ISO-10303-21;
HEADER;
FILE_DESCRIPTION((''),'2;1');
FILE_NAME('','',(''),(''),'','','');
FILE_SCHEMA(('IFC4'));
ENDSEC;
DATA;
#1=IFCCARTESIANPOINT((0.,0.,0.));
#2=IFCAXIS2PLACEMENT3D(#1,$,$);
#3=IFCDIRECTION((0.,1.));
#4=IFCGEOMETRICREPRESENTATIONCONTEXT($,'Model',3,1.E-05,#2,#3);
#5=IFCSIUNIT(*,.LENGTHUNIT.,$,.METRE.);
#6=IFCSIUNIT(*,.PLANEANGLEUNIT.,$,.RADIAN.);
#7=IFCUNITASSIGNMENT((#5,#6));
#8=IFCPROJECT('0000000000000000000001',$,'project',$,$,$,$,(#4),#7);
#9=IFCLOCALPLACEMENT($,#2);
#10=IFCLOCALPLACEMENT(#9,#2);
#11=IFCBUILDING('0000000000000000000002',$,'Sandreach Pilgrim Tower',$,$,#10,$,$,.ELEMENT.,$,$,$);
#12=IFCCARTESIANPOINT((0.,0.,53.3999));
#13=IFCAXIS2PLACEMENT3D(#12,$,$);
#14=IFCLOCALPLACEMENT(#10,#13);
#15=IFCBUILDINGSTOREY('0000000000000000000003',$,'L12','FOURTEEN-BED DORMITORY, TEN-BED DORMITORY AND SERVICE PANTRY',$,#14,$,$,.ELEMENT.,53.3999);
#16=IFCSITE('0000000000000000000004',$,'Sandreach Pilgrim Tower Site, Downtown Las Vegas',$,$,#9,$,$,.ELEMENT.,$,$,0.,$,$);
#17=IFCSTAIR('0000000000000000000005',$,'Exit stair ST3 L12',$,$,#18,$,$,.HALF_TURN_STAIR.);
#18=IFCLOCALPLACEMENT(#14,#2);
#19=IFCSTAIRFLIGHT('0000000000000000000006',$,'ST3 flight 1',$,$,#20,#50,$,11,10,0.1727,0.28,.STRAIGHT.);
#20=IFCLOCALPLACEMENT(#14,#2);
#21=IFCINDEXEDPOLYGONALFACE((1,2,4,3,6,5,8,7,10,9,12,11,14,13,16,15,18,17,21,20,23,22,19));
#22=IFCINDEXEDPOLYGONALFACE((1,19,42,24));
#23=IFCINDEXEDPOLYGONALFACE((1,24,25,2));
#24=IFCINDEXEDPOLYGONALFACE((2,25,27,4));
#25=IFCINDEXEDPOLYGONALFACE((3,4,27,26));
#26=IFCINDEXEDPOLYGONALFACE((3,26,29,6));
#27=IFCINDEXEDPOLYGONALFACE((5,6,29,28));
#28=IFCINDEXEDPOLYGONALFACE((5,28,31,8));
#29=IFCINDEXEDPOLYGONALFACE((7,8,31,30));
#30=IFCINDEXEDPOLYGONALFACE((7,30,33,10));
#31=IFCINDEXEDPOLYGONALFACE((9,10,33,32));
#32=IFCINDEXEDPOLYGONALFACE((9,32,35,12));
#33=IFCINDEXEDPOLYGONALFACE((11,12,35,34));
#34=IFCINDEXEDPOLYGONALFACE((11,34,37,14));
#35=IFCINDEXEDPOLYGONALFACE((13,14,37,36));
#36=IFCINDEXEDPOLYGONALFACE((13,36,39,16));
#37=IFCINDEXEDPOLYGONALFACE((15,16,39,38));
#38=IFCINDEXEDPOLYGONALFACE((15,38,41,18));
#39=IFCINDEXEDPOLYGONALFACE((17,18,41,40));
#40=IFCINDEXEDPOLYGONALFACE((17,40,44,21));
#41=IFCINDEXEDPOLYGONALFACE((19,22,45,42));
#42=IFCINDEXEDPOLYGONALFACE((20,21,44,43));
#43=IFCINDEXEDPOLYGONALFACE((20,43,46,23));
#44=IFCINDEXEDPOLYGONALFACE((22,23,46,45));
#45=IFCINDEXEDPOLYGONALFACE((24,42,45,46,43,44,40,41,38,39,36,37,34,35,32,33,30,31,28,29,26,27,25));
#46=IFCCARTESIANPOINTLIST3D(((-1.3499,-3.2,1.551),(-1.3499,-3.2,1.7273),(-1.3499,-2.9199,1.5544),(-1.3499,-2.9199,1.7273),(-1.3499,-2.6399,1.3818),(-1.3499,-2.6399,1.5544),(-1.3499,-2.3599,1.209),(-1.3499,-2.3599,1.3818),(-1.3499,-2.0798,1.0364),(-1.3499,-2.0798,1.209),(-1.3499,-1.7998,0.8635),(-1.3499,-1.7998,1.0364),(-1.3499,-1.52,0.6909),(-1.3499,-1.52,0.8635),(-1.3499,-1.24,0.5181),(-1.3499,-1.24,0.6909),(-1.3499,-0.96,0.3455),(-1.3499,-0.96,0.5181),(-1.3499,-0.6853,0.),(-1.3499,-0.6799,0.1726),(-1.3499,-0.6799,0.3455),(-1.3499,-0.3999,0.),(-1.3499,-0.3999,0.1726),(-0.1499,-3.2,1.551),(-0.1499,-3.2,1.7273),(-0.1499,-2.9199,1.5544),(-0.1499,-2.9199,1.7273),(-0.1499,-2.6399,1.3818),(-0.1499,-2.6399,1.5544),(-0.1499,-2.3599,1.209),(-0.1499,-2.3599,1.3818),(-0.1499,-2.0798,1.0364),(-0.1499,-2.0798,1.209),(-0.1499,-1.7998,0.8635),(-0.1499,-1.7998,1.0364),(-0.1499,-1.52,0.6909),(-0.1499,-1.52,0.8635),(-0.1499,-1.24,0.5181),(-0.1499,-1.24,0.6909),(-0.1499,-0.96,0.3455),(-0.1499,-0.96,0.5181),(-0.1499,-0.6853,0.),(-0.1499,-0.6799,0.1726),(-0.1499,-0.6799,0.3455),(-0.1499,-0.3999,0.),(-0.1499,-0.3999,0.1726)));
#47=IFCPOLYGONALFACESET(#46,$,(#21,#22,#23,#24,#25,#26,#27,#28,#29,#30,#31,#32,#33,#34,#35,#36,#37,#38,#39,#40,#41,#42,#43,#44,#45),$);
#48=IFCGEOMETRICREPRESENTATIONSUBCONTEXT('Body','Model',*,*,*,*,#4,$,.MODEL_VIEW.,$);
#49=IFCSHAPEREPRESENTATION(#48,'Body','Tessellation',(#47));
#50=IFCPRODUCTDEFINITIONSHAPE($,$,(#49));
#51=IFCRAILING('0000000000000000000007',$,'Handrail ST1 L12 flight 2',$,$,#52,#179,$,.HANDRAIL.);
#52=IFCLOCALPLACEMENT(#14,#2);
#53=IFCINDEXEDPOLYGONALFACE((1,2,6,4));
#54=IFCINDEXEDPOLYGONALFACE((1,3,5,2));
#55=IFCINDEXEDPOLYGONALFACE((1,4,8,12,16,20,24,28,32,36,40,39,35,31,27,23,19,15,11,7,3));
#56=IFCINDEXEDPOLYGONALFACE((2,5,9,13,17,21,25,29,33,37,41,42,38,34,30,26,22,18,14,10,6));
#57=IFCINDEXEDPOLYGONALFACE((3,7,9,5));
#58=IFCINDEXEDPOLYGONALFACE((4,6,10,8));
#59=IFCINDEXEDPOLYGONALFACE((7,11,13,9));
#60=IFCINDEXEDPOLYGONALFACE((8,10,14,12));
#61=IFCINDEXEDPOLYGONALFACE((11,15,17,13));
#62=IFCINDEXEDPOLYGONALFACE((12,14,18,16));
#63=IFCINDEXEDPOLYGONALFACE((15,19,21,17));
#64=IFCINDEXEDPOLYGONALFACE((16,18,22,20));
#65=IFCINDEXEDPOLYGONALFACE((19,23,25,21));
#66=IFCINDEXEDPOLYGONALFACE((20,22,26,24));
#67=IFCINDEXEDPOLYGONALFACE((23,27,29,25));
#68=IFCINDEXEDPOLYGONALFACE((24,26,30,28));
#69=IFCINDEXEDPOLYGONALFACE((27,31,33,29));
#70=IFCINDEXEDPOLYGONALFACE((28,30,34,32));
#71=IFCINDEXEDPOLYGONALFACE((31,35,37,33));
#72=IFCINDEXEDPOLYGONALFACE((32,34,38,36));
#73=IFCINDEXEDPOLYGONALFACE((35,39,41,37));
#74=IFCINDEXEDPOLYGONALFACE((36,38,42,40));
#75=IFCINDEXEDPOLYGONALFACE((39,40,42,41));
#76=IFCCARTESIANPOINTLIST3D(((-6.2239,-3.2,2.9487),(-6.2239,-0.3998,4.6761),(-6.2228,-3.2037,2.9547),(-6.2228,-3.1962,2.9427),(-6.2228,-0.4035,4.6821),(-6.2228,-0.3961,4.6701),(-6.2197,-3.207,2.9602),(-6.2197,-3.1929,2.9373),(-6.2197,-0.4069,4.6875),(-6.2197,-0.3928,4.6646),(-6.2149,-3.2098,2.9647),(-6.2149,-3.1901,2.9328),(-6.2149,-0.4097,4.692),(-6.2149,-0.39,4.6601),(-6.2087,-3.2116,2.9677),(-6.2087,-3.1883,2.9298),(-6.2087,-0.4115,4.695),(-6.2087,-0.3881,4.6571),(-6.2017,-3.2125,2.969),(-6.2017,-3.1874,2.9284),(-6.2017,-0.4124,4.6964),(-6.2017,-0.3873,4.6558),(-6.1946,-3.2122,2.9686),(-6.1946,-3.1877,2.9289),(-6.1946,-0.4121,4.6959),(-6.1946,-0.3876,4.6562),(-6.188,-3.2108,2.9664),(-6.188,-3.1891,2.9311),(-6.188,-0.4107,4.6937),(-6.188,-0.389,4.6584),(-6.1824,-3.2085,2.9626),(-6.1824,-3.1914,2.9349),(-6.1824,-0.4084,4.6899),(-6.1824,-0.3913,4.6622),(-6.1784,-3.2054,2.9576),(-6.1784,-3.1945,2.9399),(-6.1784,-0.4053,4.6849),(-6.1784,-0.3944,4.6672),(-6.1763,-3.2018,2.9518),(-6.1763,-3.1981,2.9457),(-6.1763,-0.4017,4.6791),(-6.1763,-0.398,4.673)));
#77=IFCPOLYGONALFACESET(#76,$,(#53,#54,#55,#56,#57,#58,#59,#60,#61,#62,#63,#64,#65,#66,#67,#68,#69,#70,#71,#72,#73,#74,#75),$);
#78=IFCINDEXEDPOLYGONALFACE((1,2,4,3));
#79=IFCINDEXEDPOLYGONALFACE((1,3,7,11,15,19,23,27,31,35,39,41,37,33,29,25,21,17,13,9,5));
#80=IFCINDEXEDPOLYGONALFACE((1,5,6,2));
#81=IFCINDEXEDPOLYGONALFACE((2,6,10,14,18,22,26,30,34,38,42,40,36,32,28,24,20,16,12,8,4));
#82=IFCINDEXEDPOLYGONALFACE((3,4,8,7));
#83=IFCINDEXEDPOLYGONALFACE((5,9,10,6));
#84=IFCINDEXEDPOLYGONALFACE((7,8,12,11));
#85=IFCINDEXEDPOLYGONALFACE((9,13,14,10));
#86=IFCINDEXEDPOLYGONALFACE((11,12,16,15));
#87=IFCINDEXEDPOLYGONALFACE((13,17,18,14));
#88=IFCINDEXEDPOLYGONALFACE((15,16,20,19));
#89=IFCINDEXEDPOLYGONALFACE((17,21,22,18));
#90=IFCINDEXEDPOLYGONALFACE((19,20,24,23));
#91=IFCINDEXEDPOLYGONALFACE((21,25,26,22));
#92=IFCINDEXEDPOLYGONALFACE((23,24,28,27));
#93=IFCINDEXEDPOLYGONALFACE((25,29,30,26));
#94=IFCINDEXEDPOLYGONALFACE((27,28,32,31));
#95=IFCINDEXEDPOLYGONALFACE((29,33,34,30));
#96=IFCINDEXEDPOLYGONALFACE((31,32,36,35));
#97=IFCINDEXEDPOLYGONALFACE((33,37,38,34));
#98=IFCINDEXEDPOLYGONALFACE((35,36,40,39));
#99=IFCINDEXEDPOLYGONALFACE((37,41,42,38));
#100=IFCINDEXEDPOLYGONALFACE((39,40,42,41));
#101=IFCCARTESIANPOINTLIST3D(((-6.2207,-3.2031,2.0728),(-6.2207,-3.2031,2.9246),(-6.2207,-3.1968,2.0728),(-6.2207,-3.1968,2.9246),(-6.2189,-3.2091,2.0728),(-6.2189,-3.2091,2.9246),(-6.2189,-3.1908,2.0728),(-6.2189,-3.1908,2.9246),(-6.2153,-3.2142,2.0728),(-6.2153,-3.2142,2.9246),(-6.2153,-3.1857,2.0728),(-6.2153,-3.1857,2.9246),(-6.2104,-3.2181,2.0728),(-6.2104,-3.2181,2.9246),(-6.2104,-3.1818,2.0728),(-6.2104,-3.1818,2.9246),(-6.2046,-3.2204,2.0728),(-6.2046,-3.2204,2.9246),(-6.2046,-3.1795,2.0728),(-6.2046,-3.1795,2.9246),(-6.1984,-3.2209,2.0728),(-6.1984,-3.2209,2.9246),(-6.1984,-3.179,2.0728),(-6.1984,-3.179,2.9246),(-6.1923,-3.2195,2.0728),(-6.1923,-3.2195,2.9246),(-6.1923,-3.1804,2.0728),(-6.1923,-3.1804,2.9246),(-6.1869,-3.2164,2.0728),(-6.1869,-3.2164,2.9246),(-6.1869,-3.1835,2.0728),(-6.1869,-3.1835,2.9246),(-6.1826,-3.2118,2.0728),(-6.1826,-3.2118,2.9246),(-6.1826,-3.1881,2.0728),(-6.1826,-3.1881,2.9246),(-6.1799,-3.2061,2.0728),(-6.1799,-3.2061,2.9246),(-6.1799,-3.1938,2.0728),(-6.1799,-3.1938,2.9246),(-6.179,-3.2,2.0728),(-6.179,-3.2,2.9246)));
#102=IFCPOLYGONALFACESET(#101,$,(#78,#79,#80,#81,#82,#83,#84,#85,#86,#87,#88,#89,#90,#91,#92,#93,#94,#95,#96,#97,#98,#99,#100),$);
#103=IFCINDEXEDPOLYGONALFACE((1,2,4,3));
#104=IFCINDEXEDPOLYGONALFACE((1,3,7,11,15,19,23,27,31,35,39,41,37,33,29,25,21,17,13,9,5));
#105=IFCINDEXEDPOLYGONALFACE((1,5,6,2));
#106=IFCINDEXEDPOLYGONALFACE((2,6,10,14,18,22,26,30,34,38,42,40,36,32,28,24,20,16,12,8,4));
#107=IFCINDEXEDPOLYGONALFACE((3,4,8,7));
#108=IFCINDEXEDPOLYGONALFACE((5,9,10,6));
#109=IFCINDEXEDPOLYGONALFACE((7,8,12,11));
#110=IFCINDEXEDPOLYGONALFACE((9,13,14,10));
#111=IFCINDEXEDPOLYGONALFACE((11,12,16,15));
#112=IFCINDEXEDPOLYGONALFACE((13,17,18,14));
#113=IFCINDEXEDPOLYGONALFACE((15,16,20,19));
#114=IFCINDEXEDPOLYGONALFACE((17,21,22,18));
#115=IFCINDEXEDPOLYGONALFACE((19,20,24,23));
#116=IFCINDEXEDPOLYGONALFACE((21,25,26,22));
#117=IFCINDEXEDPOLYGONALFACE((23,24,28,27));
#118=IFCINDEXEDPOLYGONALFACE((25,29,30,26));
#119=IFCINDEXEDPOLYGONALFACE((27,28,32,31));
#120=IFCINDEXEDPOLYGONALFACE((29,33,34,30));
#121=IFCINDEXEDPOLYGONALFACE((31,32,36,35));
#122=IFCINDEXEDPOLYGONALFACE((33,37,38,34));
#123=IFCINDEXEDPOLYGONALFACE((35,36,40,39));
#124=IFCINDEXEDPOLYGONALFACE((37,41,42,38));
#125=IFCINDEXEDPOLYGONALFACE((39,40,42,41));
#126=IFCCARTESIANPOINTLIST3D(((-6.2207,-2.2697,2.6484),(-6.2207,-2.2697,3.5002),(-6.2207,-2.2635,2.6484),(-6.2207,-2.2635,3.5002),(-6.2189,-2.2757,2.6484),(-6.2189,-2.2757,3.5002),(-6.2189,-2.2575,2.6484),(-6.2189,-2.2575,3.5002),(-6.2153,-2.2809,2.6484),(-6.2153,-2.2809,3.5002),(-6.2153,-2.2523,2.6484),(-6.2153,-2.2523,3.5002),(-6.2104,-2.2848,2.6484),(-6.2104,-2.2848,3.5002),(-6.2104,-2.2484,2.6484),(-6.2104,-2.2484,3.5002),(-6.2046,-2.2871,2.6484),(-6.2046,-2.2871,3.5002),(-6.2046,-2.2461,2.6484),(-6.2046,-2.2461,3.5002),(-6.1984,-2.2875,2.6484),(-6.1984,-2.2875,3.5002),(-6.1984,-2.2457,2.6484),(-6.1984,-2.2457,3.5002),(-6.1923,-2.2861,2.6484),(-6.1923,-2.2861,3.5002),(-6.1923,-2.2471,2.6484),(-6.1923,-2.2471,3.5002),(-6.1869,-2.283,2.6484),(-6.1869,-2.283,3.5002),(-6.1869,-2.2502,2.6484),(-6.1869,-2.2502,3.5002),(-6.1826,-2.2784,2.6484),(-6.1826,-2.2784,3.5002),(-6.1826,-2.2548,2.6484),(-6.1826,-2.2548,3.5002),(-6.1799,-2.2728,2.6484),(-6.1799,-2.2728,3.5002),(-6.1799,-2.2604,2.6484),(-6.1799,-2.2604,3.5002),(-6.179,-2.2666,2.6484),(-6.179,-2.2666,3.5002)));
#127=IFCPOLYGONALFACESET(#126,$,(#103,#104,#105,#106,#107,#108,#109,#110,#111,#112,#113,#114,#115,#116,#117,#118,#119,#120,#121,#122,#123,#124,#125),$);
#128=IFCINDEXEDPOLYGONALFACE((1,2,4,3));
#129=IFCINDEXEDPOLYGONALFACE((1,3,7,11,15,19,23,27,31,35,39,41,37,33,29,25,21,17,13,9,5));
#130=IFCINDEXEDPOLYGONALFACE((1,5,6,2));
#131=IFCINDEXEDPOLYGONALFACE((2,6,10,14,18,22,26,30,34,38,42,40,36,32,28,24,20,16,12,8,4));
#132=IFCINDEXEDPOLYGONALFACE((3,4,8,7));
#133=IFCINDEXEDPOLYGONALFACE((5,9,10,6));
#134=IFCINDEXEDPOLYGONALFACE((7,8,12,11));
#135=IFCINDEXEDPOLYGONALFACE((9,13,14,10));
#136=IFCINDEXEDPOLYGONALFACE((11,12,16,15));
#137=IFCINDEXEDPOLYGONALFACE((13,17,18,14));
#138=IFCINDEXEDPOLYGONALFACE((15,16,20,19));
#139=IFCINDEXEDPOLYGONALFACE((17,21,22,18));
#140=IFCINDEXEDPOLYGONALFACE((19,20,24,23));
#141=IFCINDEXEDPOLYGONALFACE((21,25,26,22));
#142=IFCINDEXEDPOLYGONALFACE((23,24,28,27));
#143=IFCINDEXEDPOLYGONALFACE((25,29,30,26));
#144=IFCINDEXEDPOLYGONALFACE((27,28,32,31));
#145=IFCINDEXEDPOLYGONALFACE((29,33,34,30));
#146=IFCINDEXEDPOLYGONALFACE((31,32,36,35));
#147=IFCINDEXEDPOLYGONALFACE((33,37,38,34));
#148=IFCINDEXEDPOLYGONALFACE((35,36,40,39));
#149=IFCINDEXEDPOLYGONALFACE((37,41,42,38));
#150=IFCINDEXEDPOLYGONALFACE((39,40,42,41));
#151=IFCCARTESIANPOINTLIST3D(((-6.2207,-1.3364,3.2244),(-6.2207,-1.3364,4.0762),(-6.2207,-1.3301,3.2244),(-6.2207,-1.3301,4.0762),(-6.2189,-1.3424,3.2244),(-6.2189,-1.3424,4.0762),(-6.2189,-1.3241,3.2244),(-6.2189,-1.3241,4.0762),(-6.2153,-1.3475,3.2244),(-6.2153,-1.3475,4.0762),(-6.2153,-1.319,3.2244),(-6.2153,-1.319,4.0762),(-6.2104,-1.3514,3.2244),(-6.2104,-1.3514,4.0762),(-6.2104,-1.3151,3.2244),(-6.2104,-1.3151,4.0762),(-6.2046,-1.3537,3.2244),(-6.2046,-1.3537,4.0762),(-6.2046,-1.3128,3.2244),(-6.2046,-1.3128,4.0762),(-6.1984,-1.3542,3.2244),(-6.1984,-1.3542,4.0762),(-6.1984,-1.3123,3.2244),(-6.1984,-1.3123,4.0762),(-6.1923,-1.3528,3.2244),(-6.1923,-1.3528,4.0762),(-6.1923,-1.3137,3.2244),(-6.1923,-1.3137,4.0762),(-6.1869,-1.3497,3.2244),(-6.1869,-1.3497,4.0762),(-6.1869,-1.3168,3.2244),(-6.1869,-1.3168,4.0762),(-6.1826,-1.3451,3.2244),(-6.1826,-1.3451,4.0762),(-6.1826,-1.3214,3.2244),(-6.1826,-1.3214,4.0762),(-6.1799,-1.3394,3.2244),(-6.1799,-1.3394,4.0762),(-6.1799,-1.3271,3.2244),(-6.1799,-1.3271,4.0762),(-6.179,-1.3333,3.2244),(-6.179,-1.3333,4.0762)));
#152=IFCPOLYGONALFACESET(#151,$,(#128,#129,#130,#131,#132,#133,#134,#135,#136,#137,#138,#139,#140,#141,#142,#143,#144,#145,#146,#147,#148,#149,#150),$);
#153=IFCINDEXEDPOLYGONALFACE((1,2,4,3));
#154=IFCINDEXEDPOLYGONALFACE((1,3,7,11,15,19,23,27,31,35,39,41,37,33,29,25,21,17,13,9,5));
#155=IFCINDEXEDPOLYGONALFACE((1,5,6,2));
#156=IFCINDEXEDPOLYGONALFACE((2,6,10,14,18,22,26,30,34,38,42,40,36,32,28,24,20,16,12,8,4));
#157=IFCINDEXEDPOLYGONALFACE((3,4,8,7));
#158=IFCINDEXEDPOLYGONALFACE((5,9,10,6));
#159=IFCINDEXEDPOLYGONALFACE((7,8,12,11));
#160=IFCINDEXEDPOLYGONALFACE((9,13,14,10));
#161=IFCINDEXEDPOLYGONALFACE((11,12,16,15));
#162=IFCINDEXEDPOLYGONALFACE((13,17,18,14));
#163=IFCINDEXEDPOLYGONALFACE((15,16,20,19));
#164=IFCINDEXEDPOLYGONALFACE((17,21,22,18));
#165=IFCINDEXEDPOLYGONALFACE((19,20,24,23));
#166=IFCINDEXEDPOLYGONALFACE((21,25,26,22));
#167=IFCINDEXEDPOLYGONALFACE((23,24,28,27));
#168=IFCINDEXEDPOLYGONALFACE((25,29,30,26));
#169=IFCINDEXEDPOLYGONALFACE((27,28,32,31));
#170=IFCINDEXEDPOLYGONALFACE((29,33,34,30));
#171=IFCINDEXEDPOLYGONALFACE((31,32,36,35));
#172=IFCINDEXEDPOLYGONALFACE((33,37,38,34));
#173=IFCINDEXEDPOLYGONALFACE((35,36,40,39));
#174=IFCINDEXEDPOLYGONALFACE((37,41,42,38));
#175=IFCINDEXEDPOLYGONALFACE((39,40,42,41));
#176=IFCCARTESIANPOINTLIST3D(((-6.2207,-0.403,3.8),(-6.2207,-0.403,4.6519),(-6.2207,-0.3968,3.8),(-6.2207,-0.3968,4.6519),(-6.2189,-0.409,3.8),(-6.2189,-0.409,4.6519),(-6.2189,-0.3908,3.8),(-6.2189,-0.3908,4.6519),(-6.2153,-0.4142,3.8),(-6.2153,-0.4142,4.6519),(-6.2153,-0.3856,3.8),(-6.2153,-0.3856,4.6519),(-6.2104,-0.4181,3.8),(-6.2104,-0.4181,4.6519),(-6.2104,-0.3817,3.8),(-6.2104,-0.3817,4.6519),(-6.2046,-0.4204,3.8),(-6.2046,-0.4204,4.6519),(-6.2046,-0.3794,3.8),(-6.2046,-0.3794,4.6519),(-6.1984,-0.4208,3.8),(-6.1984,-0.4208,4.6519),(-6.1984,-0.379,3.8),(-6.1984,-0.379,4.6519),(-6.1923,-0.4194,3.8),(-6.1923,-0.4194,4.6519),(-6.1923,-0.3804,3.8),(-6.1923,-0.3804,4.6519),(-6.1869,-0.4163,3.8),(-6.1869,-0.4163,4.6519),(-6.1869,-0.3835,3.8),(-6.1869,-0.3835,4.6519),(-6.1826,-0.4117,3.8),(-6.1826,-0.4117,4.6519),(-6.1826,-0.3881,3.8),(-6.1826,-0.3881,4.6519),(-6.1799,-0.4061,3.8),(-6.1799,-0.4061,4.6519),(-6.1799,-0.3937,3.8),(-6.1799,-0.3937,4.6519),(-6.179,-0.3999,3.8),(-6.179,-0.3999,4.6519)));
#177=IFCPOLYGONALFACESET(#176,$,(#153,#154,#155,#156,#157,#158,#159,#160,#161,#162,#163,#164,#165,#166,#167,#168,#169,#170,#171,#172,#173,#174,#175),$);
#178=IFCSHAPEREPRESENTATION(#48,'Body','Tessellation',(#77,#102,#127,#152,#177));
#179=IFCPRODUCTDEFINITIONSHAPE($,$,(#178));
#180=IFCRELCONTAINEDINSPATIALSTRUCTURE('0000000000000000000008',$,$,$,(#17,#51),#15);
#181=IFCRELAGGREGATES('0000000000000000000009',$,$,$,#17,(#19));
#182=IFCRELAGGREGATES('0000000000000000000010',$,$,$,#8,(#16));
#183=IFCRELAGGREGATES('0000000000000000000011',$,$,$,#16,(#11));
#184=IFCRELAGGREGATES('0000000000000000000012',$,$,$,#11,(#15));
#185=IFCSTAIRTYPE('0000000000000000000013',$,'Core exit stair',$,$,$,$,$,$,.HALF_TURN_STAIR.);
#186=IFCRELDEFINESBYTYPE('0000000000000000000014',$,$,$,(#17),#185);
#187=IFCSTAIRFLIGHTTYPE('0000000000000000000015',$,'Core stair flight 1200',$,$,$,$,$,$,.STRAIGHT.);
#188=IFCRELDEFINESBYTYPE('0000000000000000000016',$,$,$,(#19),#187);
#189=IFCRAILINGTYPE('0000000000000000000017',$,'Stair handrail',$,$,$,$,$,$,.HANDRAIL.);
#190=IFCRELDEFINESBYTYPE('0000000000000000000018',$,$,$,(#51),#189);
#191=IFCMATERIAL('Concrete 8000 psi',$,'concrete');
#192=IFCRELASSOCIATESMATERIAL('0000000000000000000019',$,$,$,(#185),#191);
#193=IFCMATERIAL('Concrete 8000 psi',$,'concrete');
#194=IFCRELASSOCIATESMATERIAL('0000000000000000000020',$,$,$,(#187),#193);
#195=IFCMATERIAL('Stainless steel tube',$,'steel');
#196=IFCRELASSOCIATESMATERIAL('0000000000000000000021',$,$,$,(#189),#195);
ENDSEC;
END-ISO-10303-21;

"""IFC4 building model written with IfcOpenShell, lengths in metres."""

from ifc_helpers import new_model, si_unit, direction, frame, origin, origin_2d, place, context, subcontext, project, spatial, polyline, circle, outline, extrude, material, type_object, element, aggregate, save


model = new_model("IFC4")

# Units and contexts
model_context = context("Model", 3, precision=1e-05, world=origin(), true_north=direction((0.0, 1.0)))
body_context = subcontext(model_context, "Body", "Model", "MODEL_VIEW")
ifc_project = project(units=[si_unit("LENGTHUNIT", "METRE"), si_unit("PLANEANGLEUNIT", "RADIAN")], contexts=[model_context])

# Site, building, storey
site_placement = place(None, origin())
site = spatial("IfcSite", under=ifc_project, at=site_placement, Name="Sandreach Pilgrim Tower Site, Downtown Las Vegas", CompositionType="ELEMENT", RefElevation=0.0)
building_placement = place(site_placement, origin())
building = spatial("IfcBuilding", under=site, at=building_placement, Name="Sandreach Pilgrim Tower", CompositionType="ELEMENT")
storey_placement = place(building_placement, frame((0.0, 0.0, 53.3999)))
storey = spatial("IfcBuildingStorey", under=building, at=storey_placement, Name="L12", Description="FOURTEEN-BED DORMITORY, TEN-BED DORMITORY AND SERVICE PANTRY", CompositionType="ELEMENT", Elevation=53.3999)

# Stair, stair flight
ifc_material_1 = material(Name="Concrete 8000 psi", Category="concrete")
stair_type = type_object("IfcStairType", Name="Core exit stair", PredefinedType="HALF_TURN_STAIR", material=ifc_material_1)
ifc_material_2 = material(Name="Concrete 8000 psi", Category="concrete")
stair_flight_type = type_object("IfcStairFlightType", Name="Core stair flight 1200", PredefinedType="STRAIGHT", material=ifc_material_2)
stair_1_placement = place(storey_placement, origin())
stair_1 = element("IfcStair", 1, at=stair_1_placement, inside=storey, type_object=stair_type, Name="Exit stair ST3 L12", PredefinedType="HALF_TURN_STAIR")
stair_flight_1_placement = place(storey_placement, frame((-0.75, -0.3999, 0.0), z_axis=(0.0, 0.0, 1.0), x_axis=(0.0, -1.0, 0.0)))
stair_flight_1 = element("IfcStairFlight", 2, at=stair_flight_1_placement, type_object=stair_flight_type, Name="ST3 flight 1", NumberOfRisers=11, NumberOfTreads=10, PredefinedType="STRAIGHT", RiserHeight=0.1727, TreadLength=0.28, context=body_context, shape_type="SweptSolid", body=[
    extrude(outline(polyline([(0.0, 0.0), (0.0, 0.1726), (0.28, 0.1726), (0.28, 0.3455), (0.5601, 0.3455), (0.5601, 0.5181), (0.8401, 0.5181), (0.8401, 0.6909), (1.1201, 0.6909), (1.1201, 0.8635), (1.3999, 0.8635), (1.3999, 1.0364), (1.6799, 1.0364), (1.6799, 1.209), (1.96, 1.209), (1.96, 1.3818), (2.24, 1.3818), (2.24, 1.5544), (2.52, 1.5544), (2.52, 1.7273), (2.8, 1.7273), (2.8, 1.8999), (2.8, 1.551), (0.2854, 0.0), (0.0, 0.0)])), frame((0.0, 0.6001, 0.0), z_axis=(0.0, -1.0, 0.0), x_axis=(1.0, 0.0, 0.0)), (0.0, 0.0, 1.0), 1.2),
])
aggregate(stair_1, [stair_flight_1])

# Railing
ifc_material_3 = material(Name="Stainless steel tube", Category="steel")
railing_type = type_object("IfcRailingType", Name="Stair handrail", PredefinedType="HANDRAIL", material=ifc_material_3)
for number, where, name in (
    (3, (-6.2, -3.2, 2.0728), "Handrail ST1 L12 flight 2"),
):
    element("IfcRailing", number, at=place(storey_placement, frame(where)), inside=storey, type_object=railing_type, Name=name, PredefinedType="HANDRAIL", context=body_context, shape_type="SweptSolid", body=[
        extrude(circle(Radius=0.0239, at=origin_2d()), frame((0.0, 0.0, 0.876), z_axis=(0.0, 0.85109, 0.52502), x_axis=(-1.0, 0.0, 0.0)), (0.0, 0.0, 1.0), 3.29),
        extrude(circle(Radius=0.021, at=origin_2d()), origin(), (0.0, 0.0, 1.0), 0.8518),
        extrude(circle(Radius=0.021, at=origin_2d()), frame((0.0, 0.9333, 0.5757)), (0.0, 0.0, 1.0), 0.8518),
        extrude(circle(Radius=0.021, at=origin_2d()), frame((0.0, 1.8667, 1.1516)), (0.0, 0.0, 1.0), 0.8518),
        extrude(circle(Radius=0.021, at=origin_2d()), frame((0.0, 2.8, 1.7273)), (0.0, 0.0, 1.0), 0.8518),
    ])

save(model, "model.ifc")
